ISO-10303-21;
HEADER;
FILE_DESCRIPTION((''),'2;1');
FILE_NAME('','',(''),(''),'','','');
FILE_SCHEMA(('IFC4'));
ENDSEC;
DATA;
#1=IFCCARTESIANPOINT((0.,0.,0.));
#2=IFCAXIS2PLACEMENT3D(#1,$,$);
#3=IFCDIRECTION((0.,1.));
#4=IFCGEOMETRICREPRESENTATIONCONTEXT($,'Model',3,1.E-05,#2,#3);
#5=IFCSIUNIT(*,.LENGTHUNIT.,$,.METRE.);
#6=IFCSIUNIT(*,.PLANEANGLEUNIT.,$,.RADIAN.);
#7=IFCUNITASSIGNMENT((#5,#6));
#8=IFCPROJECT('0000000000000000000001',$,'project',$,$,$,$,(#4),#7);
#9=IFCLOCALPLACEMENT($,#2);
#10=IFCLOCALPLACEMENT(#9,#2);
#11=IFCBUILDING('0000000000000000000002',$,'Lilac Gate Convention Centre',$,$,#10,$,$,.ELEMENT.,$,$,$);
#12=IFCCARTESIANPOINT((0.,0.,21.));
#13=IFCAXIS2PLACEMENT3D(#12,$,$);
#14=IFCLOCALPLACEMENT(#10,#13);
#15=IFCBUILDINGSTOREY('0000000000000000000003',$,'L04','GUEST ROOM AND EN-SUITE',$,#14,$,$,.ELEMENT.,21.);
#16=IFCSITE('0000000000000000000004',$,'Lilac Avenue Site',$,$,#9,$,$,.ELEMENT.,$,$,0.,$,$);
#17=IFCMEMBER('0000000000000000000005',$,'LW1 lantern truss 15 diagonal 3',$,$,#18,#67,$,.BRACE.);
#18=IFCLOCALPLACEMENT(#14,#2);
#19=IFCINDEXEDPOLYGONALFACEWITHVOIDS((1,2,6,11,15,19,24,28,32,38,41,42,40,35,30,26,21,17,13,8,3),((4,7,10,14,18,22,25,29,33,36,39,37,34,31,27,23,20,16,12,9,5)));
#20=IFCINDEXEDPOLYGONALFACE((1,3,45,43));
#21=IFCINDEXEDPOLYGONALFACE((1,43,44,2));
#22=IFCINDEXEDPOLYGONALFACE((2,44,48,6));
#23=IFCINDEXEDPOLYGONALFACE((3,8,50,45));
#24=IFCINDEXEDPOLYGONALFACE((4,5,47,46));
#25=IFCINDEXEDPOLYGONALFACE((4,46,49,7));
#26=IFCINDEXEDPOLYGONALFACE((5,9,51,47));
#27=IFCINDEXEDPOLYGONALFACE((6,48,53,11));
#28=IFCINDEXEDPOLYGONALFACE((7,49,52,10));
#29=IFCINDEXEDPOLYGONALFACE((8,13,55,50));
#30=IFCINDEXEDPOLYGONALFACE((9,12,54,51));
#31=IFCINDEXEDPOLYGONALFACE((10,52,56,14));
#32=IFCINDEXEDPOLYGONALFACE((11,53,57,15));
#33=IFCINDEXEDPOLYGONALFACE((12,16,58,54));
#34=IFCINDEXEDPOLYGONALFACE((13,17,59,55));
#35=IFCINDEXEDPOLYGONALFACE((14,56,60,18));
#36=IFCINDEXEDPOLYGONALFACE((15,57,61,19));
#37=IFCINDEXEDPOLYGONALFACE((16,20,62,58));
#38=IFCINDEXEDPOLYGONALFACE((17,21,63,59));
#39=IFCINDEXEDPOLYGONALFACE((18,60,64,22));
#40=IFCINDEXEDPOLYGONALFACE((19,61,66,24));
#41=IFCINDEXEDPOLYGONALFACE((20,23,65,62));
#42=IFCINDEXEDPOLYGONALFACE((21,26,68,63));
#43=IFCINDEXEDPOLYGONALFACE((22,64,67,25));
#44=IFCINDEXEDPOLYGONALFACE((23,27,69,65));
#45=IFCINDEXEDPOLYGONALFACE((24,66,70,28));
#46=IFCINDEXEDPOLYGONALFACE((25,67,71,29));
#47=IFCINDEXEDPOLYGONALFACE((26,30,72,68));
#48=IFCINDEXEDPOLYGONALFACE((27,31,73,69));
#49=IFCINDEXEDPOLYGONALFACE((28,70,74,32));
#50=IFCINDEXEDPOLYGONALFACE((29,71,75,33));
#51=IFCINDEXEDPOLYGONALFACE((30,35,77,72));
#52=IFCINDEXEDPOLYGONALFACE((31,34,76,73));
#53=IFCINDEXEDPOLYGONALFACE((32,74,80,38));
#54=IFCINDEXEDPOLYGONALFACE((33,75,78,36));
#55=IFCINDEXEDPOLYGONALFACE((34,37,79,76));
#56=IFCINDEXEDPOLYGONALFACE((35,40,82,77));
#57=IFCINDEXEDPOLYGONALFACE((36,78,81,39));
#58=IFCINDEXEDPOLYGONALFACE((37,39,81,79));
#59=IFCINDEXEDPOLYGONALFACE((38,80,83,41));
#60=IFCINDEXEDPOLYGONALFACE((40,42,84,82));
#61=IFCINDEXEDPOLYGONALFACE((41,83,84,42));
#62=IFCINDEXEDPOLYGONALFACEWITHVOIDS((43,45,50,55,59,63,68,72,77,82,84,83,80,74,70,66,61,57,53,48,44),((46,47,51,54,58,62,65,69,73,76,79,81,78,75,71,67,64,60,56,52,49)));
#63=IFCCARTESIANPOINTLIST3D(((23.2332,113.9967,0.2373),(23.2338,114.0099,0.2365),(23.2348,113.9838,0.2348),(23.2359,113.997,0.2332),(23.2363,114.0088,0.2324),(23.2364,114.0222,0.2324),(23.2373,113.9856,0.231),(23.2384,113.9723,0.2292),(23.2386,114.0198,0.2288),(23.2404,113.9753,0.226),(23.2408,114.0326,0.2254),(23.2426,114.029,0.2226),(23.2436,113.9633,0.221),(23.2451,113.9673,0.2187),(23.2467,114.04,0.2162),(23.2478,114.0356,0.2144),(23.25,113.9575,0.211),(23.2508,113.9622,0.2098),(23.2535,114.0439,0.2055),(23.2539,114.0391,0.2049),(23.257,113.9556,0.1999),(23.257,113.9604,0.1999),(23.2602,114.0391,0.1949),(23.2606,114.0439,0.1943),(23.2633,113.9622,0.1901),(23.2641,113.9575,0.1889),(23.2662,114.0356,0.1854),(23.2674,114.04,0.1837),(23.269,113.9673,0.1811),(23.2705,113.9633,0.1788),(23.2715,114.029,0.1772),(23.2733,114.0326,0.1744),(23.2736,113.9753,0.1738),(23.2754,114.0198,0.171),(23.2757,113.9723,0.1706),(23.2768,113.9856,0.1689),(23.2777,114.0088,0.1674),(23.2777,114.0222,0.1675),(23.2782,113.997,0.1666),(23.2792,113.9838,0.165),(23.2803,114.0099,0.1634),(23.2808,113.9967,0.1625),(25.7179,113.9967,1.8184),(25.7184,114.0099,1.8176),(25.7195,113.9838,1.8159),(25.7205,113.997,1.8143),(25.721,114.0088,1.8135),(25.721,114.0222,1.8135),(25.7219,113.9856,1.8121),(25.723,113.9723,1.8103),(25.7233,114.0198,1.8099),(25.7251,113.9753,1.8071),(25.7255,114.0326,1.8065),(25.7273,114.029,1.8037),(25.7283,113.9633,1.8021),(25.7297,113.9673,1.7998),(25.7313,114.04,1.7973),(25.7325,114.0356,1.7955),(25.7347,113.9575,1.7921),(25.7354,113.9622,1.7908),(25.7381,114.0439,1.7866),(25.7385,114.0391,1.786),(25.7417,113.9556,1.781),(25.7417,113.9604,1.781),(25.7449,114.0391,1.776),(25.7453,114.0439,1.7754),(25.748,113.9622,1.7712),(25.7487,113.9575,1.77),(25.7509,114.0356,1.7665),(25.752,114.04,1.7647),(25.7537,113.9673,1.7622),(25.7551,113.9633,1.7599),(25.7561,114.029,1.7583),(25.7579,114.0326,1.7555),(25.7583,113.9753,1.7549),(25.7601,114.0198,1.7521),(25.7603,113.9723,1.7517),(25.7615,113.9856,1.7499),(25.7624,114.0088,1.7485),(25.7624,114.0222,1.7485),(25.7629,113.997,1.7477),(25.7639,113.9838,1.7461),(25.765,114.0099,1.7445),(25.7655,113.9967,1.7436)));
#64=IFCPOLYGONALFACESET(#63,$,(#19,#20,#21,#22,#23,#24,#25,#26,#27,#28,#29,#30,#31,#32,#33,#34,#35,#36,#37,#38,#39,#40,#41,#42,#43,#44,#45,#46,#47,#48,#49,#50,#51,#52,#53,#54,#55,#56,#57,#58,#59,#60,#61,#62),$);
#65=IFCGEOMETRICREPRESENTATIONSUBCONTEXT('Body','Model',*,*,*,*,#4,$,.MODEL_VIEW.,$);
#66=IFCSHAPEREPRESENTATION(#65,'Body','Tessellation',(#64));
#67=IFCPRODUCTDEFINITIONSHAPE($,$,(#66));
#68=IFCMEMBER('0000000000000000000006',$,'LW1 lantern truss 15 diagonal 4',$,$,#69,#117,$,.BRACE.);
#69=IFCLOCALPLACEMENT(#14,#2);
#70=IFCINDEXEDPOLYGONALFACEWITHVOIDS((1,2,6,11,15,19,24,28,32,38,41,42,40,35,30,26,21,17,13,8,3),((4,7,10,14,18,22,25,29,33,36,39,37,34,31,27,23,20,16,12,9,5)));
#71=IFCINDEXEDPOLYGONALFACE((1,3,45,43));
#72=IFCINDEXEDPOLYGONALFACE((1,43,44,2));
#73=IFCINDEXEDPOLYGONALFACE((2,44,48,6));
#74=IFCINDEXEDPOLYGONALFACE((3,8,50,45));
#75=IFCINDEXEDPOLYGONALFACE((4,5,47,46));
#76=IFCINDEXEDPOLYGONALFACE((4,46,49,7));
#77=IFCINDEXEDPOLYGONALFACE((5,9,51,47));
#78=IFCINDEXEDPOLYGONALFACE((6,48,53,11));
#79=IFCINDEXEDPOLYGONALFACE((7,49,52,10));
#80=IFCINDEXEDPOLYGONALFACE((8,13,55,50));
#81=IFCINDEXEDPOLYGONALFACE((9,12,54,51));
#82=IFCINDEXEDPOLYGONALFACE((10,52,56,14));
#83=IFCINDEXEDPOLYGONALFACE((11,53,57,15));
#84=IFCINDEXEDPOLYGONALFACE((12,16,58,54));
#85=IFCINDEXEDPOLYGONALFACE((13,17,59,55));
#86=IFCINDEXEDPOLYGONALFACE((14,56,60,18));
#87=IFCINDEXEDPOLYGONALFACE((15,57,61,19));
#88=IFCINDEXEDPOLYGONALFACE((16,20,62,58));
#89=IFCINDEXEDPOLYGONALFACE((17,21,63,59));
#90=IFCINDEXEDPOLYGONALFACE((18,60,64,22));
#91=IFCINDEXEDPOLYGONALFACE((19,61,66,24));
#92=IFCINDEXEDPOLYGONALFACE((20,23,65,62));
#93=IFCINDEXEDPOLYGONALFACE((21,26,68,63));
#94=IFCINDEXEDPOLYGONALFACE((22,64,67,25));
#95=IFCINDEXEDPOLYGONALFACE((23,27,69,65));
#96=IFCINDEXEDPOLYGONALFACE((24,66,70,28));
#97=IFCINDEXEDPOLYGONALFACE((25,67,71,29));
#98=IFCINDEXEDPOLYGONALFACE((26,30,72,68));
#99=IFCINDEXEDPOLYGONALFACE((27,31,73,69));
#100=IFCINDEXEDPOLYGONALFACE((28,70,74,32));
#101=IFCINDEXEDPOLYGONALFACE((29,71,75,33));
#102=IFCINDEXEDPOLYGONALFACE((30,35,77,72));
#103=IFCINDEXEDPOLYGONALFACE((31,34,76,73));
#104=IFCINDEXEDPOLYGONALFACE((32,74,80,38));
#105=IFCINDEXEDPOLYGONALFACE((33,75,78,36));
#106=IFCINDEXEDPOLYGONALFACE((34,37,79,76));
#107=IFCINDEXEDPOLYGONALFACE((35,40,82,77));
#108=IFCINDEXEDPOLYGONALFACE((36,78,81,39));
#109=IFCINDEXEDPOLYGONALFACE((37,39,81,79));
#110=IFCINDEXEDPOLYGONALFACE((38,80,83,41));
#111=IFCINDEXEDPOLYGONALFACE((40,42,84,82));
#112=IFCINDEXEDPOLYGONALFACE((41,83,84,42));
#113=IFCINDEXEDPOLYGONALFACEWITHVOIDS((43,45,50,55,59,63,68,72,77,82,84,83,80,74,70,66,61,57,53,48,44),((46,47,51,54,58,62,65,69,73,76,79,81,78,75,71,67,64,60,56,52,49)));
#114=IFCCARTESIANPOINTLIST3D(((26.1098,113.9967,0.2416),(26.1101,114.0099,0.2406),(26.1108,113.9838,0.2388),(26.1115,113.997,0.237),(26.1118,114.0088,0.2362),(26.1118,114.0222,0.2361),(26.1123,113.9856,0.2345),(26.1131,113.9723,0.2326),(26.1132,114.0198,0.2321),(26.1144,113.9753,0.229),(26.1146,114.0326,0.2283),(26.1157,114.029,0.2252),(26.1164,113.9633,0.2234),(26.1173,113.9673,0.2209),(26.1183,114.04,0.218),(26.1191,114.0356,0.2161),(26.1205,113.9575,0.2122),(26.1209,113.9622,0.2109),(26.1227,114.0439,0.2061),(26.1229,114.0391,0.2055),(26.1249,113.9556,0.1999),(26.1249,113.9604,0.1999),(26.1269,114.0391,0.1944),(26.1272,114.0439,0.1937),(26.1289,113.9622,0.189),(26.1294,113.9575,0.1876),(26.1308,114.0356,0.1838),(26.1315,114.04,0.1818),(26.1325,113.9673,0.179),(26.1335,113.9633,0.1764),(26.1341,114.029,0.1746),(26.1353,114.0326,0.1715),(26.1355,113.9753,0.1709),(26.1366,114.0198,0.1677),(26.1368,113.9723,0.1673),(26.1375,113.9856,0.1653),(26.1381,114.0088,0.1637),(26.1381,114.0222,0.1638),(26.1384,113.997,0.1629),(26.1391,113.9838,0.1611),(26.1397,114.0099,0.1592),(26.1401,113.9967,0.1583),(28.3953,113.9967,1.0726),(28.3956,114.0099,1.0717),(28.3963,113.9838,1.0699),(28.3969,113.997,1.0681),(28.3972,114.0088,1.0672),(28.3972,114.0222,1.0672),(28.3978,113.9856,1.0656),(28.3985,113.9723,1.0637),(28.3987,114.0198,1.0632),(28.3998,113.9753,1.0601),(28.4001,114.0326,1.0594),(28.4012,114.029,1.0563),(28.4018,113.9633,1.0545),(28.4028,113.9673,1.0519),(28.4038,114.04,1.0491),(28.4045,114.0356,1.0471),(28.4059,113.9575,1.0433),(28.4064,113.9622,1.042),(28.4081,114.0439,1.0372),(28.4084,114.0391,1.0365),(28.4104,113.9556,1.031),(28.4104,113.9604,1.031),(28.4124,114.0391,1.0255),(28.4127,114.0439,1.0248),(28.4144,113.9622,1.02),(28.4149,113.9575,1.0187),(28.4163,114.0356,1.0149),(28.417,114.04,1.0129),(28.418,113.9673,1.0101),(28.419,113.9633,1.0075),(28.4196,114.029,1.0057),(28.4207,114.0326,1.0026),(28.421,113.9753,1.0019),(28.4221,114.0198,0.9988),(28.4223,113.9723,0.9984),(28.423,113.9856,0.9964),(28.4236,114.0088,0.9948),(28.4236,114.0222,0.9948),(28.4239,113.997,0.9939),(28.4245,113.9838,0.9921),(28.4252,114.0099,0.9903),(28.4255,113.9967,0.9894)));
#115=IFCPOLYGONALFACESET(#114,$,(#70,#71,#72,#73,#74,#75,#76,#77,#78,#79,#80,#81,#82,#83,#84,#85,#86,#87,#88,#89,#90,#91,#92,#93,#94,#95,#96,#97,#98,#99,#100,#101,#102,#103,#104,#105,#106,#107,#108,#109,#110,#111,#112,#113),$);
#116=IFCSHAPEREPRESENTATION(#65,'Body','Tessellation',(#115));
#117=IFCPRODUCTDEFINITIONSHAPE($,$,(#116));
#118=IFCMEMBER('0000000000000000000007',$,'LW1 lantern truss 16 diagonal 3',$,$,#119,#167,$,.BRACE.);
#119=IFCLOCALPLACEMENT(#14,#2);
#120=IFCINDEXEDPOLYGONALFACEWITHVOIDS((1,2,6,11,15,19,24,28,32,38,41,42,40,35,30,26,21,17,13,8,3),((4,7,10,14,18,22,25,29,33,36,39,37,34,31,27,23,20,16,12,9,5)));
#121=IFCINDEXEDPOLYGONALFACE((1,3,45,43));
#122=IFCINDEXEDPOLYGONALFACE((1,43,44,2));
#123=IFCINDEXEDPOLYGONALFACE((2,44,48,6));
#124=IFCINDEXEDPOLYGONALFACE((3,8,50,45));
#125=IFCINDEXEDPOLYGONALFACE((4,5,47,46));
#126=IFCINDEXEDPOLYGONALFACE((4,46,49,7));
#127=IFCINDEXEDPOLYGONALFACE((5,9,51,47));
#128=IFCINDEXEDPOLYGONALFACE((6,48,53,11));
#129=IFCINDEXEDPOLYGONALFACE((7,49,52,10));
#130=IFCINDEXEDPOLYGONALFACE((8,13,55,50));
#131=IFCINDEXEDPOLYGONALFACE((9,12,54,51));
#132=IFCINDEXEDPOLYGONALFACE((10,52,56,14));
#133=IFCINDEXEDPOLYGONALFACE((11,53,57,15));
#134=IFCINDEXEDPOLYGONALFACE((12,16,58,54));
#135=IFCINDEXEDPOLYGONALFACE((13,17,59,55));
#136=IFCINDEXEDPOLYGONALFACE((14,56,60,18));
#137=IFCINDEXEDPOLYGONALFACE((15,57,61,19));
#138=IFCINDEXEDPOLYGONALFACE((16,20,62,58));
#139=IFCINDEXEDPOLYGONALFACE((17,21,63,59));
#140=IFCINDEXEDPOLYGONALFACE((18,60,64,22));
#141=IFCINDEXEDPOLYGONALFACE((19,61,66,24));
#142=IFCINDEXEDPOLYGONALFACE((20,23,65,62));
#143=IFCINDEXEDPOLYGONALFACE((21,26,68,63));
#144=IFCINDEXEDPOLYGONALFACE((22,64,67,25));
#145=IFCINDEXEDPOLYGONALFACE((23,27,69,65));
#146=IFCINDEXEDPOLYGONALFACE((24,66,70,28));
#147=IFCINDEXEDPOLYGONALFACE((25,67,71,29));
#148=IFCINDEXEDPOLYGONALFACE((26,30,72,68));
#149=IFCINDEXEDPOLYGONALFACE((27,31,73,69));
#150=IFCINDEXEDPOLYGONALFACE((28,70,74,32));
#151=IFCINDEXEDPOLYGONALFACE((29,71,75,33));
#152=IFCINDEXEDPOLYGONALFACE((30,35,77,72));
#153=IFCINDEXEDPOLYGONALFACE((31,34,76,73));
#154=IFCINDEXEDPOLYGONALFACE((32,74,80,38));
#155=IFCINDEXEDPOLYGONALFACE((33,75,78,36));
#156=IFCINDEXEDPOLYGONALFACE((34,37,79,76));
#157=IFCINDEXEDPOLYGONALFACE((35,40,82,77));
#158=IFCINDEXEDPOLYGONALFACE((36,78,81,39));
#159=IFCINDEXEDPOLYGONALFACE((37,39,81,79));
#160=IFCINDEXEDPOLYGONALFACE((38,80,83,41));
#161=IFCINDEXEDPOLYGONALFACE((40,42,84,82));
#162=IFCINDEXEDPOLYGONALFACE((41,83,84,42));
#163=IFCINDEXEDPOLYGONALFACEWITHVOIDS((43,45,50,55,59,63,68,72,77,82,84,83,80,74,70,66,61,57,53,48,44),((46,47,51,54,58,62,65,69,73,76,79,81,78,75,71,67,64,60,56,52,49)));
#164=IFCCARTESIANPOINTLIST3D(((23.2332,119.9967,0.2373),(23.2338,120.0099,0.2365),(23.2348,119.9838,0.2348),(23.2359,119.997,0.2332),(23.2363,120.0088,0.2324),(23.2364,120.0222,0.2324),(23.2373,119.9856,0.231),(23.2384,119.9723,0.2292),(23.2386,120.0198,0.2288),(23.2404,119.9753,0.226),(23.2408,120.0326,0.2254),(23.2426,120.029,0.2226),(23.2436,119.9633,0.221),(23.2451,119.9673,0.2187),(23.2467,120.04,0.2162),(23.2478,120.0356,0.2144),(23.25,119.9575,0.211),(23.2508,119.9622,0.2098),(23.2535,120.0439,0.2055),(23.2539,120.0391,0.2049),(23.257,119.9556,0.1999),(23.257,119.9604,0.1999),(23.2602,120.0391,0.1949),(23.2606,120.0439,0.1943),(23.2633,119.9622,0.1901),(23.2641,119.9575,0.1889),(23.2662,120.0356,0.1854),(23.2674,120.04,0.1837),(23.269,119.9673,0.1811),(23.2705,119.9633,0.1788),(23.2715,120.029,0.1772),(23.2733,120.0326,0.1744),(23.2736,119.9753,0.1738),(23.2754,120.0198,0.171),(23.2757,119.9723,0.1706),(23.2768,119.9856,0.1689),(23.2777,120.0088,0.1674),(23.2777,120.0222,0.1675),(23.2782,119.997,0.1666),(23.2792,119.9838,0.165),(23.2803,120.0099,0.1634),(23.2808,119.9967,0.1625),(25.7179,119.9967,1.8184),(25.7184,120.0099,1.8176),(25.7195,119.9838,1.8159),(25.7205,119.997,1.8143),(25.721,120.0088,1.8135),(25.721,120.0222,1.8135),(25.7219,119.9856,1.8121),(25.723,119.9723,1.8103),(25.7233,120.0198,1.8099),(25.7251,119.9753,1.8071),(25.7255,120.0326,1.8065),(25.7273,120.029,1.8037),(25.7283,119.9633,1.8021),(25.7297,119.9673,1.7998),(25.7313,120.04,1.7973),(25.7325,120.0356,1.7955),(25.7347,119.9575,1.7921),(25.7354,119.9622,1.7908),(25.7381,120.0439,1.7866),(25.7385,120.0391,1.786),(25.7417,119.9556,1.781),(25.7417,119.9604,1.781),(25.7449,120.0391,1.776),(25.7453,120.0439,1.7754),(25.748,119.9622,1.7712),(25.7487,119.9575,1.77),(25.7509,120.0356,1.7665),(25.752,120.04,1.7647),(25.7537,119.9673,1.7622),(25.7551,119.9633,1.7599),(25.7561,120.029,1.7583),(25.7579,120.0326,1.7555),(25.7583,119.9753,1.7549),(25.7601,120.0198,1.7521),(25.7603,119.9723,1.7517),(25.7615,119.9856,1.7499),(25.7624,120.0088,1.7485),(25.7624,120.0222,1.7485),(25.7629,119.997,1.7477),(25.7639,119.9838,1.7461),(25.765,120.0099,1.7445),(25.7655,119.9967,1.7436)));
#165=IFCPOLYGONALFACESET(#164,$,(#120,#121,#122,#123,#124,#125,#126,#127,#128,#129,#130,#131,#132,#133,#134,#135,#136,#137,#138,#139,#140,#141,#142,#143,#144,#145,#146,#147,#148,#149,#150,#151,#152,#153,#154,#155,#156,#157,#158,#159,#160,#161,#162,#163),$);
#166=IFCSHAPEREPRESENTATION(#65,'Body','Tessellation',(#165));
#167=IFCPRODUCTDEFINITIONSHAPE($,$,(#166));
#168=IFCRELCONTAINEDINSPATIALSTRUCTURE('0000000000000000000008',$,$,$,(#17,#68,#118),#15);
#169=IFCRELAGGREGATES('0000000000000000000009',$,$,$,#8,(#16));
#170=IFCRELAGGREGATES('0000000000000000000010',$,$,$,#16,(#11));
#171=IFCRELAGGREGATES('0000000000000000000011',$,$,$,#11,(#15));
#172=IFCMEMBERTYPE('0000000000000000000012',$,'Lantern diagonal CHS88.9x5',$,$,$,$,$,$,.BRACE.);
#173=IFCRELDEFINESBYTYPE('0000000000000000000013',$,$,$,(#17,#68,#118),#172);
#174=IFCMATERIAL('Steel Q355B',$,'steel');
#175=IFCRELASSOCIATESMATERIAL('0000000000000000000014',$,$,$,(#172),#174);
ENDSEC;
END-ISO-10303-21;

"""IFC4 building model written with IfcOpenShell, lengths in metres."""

from ifc_helpers import new_model, si_unit, direction, frame, origin, origin_2d, place, context, subcontext, project, spatial, hollow_circle, extrude, material, material_profile, profile_set, type_object, element, save


model = new_model("IFC4")

# Units and contexts
model_context = context("Model", 3, precision=1e-05, world=origin(), true_north=direction((0.0, 1.0)))
body_context = subcontext(model_context, "Body", "Model", "MODEL_VIEW")
ifc_project = project(units=[si_unit("LENGTHUNIT", "METRE"), si_unit("PLANEANGLEUNIT", "RADIAN")], contexts=[model_context])

# Site, building, storey
site_placement = place(None, origin())
site = spatial("IfcSite", under=ifc_project, at=site_placement, Name="Lilac Avenue Site", CompositionType="ELEMENT", RefElevation=0.0)
building_placement = place(site_placement, origin())
building = spatial("IfcBuilding", under=site, at=building_placement, Name="Lilac Gate Convention Centre", CompositionType="ELEMENT")
storey_placement = place(building_placement, frame((0.0, 0.0, 21.0)))
storey = spatial("IfcBuildingStorey", under=building, at=storey_placement, Name="L04", Description="GUEST ROOM AND EN-SUITE", CompositionType="ELEMENT", Elevation=21.0)

# Members
ifc_material_1 = material(Name="Steel Q355B", Category="steel")
ifc_material_profile_1 = material_profile(ifc_material_1, hollow_circle(Radius=0.0444, WallThickness=0.0049, at=origin_2d()), Name="CHS88.9x5")
ifc_profile_set_1 = profile_set([ifc_material_profile_1], Name="Steel Q355B")
member_type_1 = type_object("IfcMemberType", Name="Lantern diagonal CHS88.9x5", PredefinedType="BRACE", material=ifc_profile_set_1)
member_1_placement = place(storey_placement, frame((25.7417, 114.0, 1.781), z_axis=(-0.843672, 0.0, -0.536859), x_axis=(0.0, -1.0, 0.0)))
element("IfcMember", 1, at=member_1_placement, inside=storey, type_object=member_type_1, Name="LW1 lantern truss 15 diagonal 3", PredefinedType="BRACE", context=body_context, shape_type="SweptSolid", body=[
    extrude(hollow_circle(Radius=0.0444, WallThickness=0.0049, at=origin_2d()), origin(), (0.0, 0.0, 1.0), 2.9451),
])
member_2_placement = place(storey_placement, frame((28.4104, 114.0, 1.031), z_axis=(-0.939793, 0.0, -0.341743), x_axis=(0.0, -1.0, 0.0)))
element("IfcMember", 2, at=member_2_placement, inside=storey, type_object=member_type_1, Name="LW1 lantern truss 15 diagonal 4", PredefinedType="BRACE", context=body_context, shape_type="SweptSolid", body=[
    extrude(hollow_circle(Radius=0.0444, WallThickness=0.0049, at=origin_2d()), origin(), (0.0, 0.0, 1.0), 2.4319),
])
member_3_placement = place(storey_placement, frame((25.7417, 120.0, 1.781), z_axis=(-0.843672, 0.0, -0.536859), x_axis=(0.0, -1.0, 0.0)))
element("IfcMember", 3, at=member_3_placement, inside=storey, type_object=member_type_1, Name="LW1 lantern truss 16 diagonal 3", PredefinedType="BRACE", context=body_context, shape_type="SweptSolid", body=[
    extrude(hollow_circle(Radius=0.0444, WallThickness=0.0049, at=origin_2d()), origin(), (0.0, 0.0, 1.0), 2.9451),
])

save(model, "model.ifc")
